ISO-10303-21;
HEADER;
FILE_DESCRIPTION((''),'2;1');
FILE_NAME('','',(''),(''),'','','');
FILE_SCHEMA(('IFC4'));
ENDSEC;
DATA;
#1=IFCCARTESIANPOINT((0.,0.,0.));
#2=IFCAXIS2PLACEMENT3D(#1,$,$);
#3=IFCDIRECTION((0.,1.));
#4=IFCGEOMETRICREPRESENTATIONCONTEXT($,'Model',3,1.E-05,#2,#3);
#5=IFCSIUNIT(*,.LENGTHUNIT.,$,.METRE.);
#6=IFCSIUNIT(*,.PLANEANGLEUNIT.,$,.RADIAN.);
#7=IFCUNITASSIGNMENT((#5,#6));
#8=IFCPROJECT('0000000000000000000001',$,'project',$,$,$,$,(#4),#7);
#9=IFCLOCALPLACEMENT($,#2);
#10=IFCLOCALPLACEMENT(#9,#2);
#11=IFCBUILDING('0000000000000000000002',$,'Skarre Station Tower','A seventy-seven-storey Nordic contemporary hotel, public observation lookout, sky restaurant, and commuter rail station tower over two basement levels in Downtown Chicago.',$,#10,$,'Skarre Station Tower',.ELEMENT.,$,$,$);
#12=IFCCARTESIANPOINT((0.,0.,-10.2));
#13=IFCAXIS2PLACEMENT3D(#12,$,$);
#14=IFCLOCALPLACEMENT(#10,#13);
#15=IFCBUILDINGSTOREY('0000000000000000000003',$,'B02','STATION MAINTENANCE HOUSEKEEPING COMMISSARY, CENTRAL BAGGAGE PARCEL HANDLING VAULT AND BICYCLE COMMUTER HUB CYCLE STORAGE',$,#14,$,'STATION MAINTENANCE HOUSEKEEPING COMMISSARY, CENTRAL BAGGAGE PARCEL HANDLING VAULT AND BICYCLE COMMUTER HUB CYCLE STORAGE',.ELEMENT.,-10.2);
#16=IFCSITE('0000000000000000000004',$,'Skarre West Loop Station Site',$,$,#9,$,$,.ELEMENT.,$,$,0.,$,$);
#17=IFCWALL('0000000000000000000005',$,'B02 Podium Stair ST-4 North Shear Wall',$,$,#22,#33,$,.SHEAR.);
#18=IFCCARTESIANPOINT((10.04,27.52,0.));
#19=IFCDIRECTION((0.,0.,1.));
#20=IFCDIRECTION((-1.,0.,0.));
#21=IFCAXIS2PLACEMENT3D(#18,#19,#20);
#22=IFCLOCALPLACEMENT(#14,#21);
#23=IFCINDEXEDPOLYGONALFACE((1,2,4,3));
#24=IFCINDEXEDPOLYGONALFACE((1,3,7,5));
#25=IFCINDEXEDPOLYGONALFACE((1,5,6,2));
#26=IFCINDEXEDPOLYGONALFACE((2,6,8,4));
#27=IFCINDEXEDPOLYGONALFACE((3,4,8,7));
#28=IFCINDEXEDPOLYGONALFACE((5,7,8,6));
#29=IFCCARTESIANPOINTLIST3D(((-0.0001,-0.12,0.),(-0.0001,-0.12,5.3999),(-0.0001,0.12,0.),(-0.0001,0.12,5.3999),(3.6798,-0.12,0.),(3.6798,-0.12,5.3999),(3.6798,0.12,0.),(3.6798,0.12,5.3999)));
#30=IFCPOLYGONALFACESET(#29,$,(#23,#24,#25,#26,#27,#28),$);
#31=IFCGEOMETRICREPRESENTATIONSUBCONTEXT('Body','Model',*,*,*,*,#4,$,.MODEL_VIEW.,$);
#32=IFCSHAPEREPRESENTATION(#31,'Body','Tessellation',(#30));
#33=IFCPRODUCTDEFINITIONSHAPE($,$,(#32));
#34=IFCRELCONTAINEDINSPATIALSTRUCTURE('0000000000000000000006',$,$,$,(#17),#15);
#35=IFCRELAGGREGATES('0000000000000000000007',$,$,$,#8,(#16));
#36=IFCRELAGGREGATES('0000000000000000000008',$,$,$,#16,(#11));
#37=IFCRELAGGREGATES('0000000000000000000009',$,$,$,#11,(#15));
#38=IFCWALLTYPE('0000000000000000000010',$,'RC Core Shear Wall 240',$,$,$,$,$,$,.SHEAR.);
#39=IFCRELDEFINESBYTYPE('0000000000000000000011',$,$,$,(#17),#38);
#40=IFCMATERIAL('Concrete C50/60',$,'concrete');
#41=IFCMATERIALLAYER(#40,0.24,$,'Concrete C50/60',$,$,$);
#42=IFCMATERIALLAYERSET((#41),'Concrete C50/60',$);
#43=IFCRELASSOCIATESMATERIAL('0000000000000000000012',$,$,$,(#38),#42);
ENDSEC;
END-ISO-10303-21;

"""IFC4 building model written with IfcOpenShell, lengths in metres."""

from ifc_helpers import new_model, si_unit, direction, frame, frame_2d, origin, place, context, subcontext, project, spatial, rectangle, extrude, material, layer, layer_set, type_object, element, save


model = new_model("IFC4")

# Units and contexts
model_context = context("Model", 3, precision=1e-05, world=origin(), true_north=direction((0.0, 1.0)))
body_context = subcontext(model_context, "Body", "Model", "MODEL_VIEW")
ifc_project = project(units=[si_unit("LENGTHUNIT", "METRE"), si_unit("PLANEANGLEUNIT", "RADIAN")], contexts=[model_context])

# Site, building, storey
site_placement = place(None, origin())
site = spatial("IfcSite", under=ifc_project, at=site_placement, Name="Skarre West Loop Station Site", CompositionType="ELEMENT", RefElevation=0.0)
building_placement = place(site_placement, origin())
building = spatial("IfcBuilding", under=site, at=building_placement, Name="Skarre Station Tower", Description="A seventy-seven-storey Nordic contemporary hotel, public observation lookout, sky restaurant, and commuter rail station tower over two basement levels in Downtown Chicago.", LongName="Skarre Station Tower", CompositionType="ELEMENT")
storey_placement = place(building_placement, frame((0.0, 0.0, -10.2)))
storey = spatial("IfcBuildingStorey", under=building, at=storey_placement, Name="B02", Description="STATION MAINTENANCE HOUSEKEEPING COMMISSARY, CENTRAL BAGGAGE PARCEL HANDLING VAULT AND BICYCLE COMMUTER HUB CYCLE STORAGE", LongName="STATION MAINTENANCE HOUSEKEEPING COMMISSARY, CENTRAL BAGGAGE PARCEL HANDLING VAULT AND BICYCLE COMMUTER HUB CYCLE STORAGE", CompositionType="ELEMENT", Elevation=-10.2)

# Shared definitions
ifc_material_1 = material(Name="Concrete C50/60", Category="concrete")

# Wall
ifc_layer_1 = layer(ifc_material_1, 0.24, Name="Concrete C50/60")
ifc_layer_set_1 = layer_set([ifc_layer_1], Name="Concrete C50/60")
wall_type_1 = type_object("IfcWallType", Name="RC Core Shear Wall 240", PredefinedType="SHEAR", material=ifc_layer_set_1)
for number, where, z_axis, x_axis, name in (
    (1, (10.04, 27.52, 0.0), (0.0, 0.0, 1.0), (-1.0, 0.0, 0.0), "B02 Podium Stair ST-4 North Shear Wall"),
):
    element("IfcWall", number, at=place(storey_placement, frame(where, z_axis=z_axis, x_axis=x_axis)), inside=storey, type_object=wall_type_1, Name=name, PredefinedType="SHEAR", context=body_context, shape_type="SweptSolid", body=[
        extrude(rectangle(XDim=3.6799, YDim=0.24, at=frame_2d((1.8398, 0.0))), origin(), (0.0, 0.0, 1.0), 5.3999),
    ])

save(model, "model.ifc")
